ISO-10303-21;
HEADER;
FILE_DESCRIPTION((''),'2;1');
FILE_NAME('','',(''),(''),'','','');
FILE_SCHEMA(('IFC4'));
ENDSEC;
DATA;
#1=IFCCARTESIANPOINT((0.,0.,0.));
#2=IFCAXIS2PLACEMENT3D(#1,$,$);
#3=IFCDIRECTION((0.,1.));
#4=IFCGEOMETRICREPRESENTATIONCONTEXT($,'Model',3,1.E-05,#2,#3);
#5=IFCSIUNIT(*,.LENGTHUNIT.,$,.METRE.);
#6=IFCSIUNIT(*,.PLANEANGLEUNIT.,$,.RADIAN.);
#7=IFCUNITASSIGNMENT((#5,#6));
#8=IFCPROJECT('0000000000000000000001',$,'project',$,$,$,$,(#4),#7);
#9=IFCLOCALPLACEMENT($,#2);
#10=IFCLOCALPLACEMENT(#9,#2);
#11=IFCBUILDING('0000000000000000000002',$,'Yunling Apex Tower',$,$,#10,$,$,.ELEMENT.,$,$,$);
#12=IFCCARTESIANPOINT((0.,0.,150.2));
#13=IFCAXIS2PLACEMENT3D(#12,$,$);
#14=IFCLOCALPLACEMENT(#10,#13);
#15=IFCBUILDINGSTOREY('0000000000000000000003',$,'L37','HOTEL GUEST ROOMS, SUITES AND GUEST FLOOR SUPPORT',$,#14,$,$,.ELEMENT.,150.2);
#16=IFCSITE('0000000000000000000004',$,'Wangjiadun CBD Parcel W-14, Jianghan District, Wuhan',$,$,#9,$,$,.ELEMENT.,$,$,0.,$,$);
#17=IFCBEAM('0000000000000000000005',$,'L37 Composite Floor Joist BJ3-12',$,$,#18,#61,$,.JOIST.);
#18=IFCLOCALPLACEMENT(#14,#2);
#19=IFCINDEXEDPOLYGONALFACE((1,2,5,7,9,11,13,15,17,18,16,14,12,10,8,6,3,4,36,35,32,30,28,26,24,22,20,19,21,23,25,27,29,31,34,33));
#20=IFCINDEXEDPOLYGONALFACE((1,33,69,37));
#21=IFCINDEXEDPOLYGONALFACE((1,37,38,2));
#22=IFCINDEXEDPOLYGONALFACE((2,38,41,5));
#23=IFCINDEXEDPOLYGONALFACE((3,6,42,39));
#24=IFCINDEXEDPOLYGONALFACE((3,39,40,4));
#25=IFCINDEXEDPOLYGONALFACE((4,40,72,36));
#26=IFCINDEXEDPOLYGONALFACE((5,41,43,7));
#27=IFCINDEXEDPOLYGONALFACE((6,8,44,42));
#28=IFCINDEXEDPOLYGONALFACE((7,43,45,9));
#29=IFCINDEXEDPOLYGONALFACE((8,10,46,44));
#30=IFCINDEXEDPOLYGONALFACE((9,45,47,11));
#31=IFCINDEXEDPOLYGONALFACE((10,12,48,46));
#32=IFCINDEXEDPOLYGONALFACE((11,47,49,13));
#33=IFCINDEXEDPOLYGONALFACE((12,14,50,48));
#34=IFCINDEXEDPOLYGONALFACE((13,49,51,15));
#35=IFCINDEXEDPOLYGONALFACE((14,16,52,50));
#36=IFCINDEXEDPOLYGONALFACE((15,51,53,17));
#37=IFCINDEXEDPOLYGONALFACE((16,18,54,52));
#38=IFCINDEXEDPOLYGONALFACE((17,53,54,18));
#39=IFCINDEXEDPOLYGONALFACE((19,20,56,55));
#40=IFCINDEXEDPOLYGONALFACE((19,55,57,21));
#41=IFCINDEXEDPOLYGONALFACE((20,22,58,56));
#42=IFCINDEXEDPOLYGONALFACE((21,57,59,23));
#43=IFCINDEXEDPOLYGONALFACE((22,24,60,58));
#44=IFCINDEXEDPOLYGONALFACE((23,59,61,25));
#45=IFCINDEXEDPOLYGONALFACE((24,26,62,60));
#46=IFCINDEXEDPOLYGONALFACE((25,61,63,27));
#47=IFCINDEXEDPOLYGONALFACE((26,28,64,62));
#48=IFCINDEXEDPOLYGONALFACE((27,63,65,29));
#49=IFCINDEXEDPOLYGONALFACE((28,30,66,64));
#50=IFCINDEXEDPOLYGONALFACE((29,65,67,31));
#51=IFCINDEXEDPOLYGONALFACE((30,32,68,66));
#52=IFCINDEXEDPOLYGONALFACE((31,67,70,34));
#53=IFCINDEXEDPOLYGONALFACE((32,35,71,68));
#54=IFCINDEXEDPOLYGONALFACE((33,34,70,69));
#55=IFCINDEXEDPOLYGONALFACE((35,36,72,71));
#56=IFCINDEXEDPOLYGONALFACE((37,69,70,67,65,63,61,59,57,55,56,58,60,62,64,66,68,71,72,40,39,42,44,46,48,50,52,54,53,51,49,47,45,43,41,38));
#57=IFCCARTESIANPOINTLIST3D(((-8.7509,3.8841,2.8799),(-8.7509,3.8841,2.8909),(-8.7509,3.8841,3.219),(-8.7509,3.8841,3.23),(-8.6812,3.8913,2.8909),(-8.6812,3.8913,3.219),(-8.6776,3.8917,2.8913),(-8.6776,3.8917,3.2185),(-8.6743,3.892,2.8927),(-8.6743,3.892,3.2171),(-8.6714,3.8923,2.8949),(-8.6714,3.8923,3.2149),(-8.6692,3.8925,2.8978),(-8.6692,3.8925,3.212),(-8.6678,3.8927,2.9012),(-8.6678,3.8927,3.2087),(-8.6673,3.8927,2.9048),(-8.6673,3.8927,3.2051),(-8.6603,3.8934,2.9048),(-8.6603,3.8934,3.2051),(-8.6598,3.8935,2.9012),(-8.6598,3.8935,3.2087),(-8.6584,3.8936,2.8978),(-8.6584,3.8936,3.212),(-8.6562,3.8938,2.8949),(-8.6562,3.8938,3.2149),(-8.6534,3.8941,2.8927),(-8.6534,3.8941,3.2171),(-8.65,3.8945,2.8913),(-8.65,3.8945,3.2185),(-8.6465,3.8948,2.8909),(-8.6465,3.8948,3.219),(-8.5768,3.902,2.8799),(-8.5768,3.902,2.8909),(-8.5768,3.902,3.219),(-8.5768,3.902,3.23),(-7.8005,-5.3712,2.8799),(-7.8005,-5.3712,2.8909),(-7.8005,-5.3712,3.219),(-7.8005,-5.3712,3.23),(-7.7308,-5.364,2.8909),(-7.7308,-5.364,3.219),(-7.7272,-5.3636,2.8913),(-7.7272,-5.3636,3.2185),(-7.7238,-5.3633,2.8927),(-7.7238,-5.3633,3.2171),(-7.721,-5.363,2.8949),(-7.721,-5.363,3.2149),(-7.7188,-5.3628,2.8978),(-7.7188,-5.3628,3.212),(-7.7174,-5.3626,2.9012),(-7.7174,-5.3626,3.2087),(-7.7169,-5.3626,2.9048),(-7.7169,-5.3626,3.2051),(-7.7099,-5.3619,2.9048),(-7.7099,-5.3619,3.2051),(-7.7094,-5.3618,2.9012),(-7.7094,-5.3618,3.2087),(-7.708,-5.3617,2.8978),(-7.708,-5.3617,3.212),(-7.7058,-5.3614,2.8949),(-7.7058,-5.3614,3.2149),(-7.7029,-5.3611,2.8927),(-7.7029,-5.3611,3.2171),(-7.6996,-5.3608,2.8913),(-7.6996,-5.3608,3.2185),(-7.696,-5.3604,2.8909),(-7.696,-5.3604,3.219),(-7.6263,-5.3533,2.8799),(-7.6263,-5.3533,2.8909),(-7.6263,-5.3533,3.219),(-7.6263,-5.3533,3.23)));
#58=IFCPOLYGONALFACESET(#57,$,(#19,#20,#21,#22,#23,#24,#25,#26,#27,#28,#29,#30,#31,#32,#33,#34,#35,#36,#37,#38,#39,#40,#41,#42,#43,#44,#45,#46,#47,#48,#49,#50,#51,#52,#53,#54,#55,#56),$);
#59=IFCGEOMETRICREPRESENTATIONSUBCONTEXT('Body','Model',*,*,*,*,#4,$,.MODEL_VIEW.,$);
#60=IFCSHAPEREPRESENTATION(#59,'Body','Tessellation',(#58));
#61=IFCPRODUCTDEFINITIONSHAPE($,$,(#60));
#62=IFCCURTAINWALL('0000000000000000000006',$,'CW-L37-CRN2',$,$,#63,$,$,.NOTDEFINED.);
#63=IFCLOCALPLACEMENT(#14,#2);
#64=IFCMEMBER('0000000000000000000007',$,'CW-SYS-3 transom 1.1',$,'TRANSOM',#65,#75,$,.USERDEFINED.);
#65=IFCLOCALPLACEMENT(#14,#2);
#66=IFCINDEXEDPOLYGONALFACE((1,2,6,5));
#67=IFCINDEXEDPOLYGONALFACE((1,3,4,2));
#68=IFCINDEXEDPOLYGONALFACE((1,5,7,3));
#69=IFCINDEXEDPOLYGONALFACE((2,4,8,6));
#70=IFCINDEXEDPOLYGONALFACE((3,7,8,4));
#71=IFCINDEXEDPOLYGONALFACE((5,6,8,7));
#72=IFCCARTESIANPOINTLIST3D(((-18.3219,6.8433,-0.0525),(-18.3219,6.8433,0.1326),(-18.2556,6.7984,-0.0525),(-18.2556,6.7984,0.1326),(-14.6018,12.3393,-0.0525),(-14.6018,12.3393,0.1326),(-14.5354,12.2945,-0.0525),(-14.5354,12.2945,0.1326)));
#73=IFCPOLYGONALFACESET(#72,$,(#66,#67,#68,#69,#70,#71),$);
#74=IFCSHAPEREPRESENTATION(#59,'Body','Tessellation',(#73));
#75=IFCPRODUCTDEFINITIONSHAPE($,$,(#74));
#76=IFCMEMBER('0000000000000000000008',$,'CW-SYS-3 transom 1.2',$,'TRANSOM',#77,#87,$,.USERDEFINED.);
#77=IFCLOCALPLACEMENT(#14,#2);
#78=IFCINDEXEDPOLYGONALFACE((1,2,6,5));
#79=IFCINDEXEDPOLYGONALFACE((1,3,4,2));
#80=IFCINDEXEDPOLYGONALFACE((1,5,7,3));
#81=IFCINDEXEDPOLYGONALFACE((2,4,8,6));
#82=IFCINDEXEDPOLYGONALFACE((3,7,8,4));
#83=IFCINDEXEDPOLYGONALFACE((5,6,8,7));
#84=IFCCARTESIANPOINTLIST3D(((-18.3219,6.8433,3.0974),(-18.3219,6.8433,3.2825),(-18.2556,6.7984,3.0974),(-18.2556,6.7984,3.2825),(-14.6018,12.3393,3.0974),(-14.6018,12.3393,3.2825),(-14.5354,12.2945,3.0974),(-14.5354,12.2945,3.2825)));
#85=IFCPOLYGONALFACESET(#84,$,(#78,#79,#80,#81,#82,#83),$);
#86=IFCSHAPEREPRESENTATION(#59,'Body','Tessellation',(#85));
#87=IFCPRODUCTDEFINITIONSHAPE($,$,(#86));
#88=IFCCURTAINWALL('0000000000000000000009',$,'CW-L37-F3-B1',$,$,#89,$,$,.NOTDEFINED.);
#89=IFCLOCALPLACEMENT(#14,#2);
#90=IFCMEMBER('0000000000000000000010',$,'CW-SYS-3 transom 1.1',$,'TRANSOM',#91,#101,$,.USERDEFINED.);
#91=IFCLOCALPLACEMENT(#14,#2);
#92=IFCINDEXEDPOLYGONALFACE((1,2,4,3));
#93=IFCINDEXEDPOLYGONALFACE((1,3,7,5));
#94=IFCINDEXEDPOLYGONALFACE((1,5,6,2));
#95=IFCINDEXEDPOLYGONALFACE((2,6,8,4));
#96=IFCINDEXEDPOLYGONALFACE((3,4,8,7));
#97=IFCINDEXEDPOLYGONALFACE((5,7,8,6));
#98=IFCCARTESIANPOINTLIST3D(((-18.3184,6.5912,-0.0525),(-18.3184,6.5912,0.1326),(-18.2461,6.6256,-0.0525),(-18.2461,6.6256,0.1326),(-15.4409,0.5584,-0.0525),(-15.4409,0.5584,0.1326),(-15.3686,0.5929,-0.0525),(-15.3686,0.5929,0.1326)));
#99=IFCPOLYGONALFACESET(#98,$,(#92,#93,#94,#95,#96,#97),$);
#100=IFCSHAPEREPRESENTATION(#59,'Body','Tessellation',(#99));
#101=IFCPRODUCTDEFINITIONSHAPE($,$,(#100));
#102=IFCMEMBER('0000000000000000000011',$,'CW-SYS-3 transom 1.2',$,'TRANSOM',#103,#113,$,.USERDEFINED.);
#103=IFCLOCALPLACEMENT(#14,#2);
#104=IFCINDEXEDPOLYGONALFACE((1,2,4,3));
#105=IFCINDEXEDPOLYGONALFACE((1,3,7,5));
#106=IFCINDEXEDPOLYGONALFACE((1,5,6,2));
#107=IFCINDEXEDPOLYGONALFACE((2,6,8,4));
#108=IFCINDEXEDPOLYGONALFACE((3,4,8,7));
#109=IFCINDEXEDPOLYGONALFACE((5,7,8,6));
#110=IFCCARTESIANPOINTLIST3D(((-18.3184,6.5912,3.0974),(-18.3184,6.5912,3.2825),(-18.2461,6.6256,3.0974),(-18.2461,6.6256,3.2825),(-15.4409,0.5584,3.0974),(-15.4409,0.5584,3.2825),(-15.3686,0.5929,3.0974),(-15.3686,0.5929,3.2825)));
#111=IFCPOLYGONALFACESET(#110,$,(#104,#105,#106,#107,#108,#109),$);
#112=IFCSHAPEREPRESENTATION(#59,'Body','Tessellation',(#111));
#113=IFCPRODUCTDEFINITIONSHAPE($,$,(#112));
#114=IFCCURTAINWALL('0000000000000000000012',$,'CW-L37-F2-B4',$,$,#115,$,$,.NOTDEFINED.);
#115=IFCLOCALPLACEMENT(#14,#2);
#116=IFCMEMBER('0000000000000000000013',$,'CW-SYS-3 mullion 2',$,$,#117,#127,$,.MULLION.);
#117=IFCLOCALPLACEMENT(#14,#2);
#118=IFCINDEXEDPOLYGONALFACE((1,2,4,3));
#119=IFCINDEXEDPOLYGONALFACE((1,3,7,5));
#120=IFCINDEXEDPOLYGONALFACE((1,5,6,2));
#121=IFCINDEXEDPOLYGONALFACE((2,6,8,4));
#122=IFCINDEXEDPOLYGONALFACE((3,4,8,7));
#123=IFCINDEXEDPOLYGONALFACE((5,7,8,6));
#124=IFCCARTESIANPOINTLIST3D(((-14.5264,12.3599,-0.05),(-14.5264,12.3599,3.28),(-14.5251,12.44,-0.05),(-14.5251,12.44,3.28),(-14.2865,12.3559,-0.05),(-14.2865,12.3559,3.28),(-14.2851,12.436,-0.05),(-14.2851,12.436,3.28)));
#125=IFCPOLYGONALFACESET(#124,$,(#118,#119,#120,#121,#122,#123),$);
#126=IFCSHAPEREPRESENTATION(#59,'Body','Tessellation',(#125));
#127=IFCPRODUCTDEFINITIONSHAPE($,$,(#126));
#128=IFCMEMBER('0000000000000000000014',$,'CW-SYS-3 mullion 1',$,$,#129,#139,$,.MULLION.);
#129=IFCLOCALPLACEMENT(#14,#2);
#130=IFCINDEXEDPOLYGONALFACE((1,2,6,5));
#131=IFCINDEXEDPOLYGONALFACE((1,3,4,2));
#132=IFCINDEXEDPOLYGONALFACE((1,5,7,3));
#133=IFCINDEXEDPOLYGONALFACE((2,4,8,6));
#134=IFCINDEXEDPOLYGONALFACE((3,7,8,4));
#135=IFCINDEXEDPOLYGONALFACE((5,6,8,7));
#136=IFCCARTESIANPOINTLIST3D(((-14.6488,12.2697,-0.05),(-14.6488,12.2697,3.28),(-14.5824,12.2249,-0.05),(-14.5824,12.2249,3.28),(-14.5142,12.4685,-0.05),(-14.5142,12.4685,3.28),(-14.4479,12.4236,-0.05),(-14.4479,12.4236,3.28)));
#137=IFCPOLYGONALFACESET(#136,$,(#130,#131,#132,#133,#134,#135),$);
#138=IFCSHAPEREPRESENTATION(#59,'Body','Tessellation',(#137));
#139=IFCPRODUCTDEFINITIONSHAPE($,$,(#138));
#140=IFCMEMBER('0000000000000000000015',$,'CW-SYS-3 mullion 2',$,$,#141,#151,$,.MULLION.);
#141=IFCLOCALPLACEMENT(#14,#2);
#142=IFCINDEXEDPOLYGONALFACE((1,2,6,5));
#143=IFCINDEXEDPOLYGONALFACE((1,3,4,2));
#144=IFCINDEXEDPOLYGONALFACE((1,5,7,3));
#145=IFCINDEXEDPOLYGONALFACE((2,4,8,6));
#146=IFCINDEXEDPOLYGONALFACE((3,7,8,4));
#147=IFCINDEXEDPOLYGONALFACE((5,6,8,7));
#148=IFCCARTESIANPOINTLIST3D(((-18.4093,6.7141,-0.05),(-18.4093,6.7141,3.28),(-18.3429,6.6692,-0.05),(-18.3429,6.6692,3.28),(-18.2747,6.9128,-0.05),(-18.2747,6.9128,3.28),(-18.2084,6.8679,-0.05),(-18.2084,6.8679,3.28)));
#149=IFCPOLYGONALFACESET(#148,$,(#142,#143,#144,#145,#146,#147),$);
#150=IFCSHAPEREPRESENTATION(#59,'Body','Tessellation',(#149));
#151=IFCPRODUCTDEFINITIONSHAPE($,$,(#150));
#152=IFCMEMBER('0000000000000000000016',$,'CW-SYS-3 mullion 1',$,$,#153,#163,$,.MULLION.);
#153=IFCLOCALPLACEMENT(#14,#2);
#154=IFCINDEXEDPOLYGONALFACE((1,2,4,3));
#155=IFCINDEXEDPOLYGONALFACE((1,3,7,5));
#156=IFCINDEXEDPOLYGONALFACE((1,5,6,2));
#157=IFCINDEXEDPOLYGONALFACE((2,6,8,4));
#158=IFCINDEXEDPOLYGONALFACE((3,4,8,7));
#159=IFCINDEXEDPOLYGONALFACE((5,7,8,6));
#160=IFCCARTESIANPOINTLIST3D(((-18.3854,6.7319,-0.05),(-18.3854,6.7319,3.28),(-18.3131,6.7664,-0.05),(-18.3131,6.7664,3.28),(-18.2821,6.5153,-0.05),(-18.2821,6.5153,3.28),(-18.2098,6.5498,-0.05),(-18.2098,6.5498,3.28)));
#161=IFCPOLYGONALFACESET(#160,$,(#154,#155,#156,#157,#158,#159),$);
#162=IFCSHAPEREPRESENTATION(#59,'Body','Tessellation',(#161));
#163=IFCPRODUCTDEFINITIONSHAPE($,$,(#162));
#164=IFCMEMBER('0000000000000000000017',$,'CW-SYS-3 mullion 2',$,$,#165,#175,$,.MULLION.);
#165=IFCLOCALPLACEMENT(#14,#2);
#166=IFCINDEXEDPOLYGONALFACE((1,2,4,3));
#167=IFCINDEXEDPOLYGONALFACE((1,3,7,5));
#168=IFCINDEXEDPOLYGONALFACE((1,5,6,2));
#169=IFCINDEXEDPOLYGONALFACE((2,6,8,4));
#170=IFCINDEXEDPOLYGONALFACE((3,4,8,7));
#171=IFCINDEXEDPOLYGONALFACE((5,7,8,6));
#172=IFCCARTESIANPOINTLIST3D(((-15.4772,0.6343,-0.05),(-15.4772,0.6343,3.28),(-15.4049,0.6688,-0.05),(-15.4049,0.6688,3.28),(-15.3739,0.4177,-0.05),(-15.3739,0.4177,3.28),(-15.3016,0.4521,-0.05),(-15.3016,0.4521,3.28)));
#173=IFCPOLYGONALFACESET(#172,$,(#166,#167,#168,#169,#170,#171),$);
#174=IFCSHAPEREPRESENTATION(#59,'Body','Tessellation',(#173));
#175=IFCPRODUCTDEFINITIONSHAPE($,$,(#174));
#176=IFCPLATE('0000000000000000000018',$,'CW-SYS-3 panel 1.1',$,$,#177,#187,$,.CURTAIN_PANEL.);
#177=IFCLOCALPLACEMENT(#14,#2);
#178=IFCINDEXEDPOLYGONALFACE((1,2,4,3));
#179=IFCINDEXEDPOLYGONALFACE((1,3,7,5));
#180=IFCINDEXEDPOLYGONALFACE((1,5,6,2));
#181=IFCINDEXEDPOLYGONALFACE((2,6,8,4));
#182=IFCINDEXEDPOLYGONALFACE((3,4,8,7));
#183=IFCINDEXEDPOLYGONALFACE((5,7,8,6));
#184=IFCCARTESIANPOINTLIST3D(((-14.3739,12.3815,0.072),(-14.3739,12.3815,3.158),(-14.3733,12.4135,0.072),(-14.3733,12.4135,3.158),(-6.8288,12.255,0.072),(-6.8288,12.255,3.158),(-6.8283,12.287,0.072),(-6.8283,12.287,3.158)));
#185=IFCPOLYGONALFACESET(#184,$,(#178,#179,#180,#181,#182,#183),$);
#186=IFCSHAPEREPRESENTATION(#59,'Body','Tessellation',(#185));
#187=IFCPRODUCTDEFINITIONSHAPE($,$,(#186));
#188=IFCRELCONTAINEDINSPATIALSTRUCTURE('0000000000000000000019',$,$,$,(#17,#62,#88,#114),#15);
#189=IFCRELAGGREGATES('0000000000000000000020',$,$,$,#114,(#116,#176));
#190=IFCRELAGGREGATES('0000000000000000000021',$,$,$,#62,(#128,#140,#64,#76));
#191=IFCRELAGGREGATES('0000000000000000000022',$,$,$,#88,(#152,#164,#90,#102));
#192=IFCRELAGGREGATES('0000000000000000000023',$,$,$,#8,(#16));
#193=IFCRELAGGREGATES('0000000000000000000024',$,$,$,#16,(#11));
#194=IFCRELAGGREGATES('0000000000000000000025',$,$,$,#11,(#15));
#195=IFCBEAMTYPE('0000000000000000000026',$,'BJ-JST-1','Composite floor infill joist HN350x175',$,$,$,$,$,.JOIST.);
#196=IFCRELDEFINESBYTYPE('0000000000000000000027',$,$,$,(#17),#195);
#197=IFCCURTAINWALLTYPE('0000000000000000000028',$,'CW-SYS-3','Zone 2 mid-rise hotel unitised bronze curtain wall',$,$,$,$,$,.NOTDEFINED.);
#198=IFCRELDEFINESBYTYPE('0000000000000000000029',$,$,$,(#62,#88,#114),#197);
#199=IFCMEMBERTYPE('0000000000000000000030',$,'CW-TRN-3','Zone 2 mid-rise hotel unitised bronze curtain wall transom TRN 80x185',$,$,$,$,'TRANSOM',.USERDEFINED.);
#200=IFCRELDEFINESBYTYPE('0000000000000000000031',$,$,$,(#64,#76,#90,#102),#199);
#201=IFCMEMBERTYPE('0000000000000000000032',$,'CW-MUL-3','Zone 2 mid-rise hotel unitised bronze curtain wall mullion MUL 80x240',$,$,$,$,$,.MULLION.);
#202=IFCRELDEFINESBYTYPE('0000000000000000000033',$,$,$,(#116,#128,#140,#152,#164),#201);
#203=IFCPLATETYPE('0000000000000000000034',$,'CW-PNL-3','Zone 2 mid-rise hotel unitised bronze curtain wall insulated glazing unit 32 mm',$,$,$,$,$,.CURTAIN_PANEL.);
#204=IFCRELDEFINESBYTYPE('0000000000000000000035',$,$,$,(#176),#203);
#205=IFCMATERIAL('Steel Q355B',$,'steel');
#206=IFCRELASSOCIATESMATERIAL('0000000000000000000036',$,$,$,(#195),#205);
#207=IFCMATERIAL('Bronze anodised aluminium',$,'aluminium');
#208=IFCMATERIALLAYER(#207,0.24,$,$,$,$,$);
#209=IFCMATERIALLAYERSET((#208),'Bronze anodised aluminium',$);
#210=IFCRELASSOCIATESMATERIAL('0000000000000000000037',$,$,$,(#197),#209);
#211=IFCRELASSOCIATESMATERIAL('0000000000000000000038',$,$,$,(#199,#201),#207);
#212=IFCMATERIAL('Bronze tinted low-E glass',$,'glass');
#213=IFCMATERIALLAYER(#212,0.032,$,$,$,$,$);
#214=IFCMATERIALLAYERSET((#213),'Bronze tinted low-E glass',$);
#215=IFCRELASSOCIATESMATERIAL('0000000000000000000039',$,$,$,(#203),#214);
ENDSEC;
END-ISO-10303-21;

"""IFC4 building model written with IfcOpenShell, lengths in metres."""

from ifc_helpers import new_model, si_unit, direction, frame, origin, origin_2d, place, context, subcontext, project, spatial, rectangle, i_section, extrude, source, transform, mapped, material, layer, layer_set, material_profile, profile_set, type_object, element, aggregate, save


model = new_model("IFC4")

# Units and contexts
model_context = context("Model", 3, precision=1e-05, world=origin(), true_north=direction((0.0, 1.0)))
body_context = subcontext(model_context, "Body", "Model", "MODEL_VIEW")
ifc_project = project(units=[si_unit("LENGTHUNIT", "METRE"), si_unit("PLANEANGLEUNIT", "RADIAN")], contexts=[model_context])

# Site, building, storey
site_placement = place(None, origin())
site = spatial("IfcSite", under=ifc_project, at=site_placement, Name="Wangjiadun CBD Parcel W-14, Jianghan District, Wuhan", CompositionType="ELEMENT", RefElevation=0.0)
building_placement = place(site_placement, origin())
building = spatial("IfcBuilding", under=site, at=building_placement, Name="Yunling Apex Tower", CompositionType="ELEMENT")
storey_placement = place(building_placement, frame((0.0, 0.0, 150.2)))
storey = spatial("IfcBuildingStorey", under=building, at=storey_placement, Name="L37", Description="HOTEL GUEST ROOMS, SUITES AND GUEST FLOOR SUPPORT", CompositionType="ELEMENT", Elevation=150.2)

# Beam
ifc_material_1 = material(Name="Steel Q355B", Category="steel")
ifc_material_profile_1 = material_profile(ifc_material_1, i_section(OverallWidth=0.175, OverallDepth=0.3501, WebThickness=0.0071, FlangeThickness=0.011, FilletRadius=0.0139, at=origin_2d()))
ifc_profile_set_1 = profile_set([ifc_material_profile_1], Name="Steel Q355B")
beam_type_1 = type_object("IfcBeamType", Name="BJ-JST-1", Description="Composite floor infill joist HN350x175", PredefinedType="JOIST", material=ifc_profile_set_1)
shared_shape_1 = source(origin(), body_context, "Body", "SweptSolid", [
    extrude(i_section(OverallWidth=0.175, OverallDepth=0.3501, WebThickness=0.0071, FlangeThickness=0.011, FilletRadius=0.0139, at=origin_2d()), origin(), (0.0, 0.0, 1.0), 9.304),
])
beam_1_placement = place(storey_placement, frame((-8.6638, 3.8931, 3.0549), z_axis=(0.102153, -0.994769, 0.0), x_axis=(0.994769, 0.102153, 0.0)))
element("IfcBeam", 1, at=beam_1_placement, inside=storey, type_object=beam_type_1, Name="L37 Composite Floor Joist BJ3-12", PredefinedType="JOIST", context=body_context, shape_type="MappedRepresentation", body=[
    mapped(shared_shape_1, transform((0.0, 0.0, 0.0), scale=1.0)),
])

# Curtain walls, members
ifc_material_2 = material(Name="Bronze anodised aluminium", Category="aluminium")
ifc_layer_1 = layer(ifc_material_2, 0.24)
ifc_layer_set_1 = layer_set([ifc_layer_1], Name="Bronze anodised aluminium")
curtain_wall_type = type_object("IfcCurtainWallType", Name="CW-SYS-3", Description="Zone 2 mid-rise hotel unitised bronze curtain wall", PredefinedType="NOTDEFINED", material=ifc_layer_set_1)
curtain_wall_1_placement = place(storey_placement, origin())
curtain_wall_1 = element("IfcCurtainWall", 2, at=curtain_wall_1_placement, inside=storey, type_object=curtain_wall_type, Name="CW-L37-CRN2", PredefinedType="NOTDEFINED")
ifc_material_profile_2 = material_profile(ifc_material_2, rectangle(XDim=0.0801, YDim=0.1851, at=origin_2d()))
ifc_profile_set_2 = profile_set([ifc_material_profile_2], Name="Bronze anodised aluminium")
member_type_1 = type_object("IfcMemberType", Name="CW-TRN-3", Description="Zone 2 mid-rise hotel unitised bronze curtain wall transom TRN 80x185", ElementType="TRANSOM", PredefinedType="USERDEFINED", material=ifc_profile_set_2)
shared_shape_2 = source(origin(), body_context, "Body", "SweptSolid", [
    extrude(rectangle(XDim=0.0801, YDim=0.1851, at=origin_2d()), origin(), (0.0, 0.0, 1.0), 6.6367),
])
member_1_placement = place(storey_placement, frame((-14.5686, 12.3169, 0.04), z_axis=(-0.560544, -0.828125, 0.0), x_axis=(0.828125, -0.560544, 0.0)))
member_1 = element("IfcMember", 3, at=member_1_placement, type_object=member_type_1, Name="CW-SYS-3 transom 1.1", ObjectType="TRANSOM", PredefinedType="USERDEFINED", context=body_context, shape_type="MappedRepresentation", body=[
    mapped(shared_shape_2, transform((0.0, 0.0, 0.0), scale=1.0)),
])
member_2_placement = place(storey_placement, frame((-14.5686, 12.3169, 3.1899), z_axis=(-0.560544, -0.828125, 0.0), x_axis=(0.828125, -0.560544, 0.0)))
member_2 = element("IfcMember", 4, at=member_2_placement, type_object=member_type_1, Name="CW-SYS-3 transom 1.2", ObjectType="TRANSOM", PredefinedType="USERDEFINED", context=body_context, shape_type="MappedRepresentation", body=[
    mapped(shared_shape_2, transform((0.0, 0.0, 0.0), scale=1.0)),
])
curtain_wall_2_placement = place(storey_placement, origin())
curtain_wall_2 = element("IfcCurtainWall", 5, at=curtain_wall_2_placement, inside=storey, type_object=curtain_wall_type, Name="CW-L37-F3-B1", PredefinedType="NOTDEFINED")
shared_shape_3 = source(origin(), body_context, "Body", "SweptSolid", [
    extrude(rectangle(XDim=0.0801, YDim=0.1851, at=origin_2d()), origin(), (0.0, 0.0, 1.0), 6.6838),
])
member_3_placement = place(storey_placement, frame((-18.2822, 6.6084, 0.04), z_axis=(0.430509, -0.902586, 0.0), x_axis=(0.902586, 0.430509, 0.0)))
member_3 = element("IfcMember", 6, at=member_3_placement, type_object=member_type_1, Name="CW-SYS-3 transom 1.1", ObjectType="TRANSOM", PredefinedType="USERDEFINED", context=body_context, shape_type="MappedRepresentation", body=[
    mapped(shared_shape_3, transform((0.0, 0.0, 0.0), scale=1.0)),
])
member_4_placement = place(storey_placement, frame((-18.2822, 6.6084, 3.1899), z_axis=(0.430509, -0.902586, 0.0), x_axis=(0.902586, 0.430509, 0.0)))
member_4 = element("IfcMember", 7, at=member_4_placement, type_object=member_type_1, Name="CW-SYS-3 transom 1.2", ObjectType="TRANSOM", PredefinedType="USERDEFINED", context=body_context, shape_type="MappedRepresentation", body=[
    mapped(shared_shape_3, transform((0.0, 0.0, 0.0), scale=1.0)),
])

# Curtain wall, member
curtain_wall_3_placement = place(storey_placement, origin())
curtain_wall_3 = element("IfcCurtainWall", 8, at=curtain_wall_3_placement, inside=storey, type_object=curtain_wall_type, Name="CW-L37-F2-B4", PredefinedType="NOTDEFINED")
ifc_material_profile_3 = material_profile(ifc_material_2, rectangle(XDim=0.0801, YDim=0.24, at=origin_2d()))
ifc_profile_set_3 = profile_set([ifc_material_profile_3], Name="Bronze anodised aluminium")
member_type_2 = type_object("IfcMemberType", Name="CW-MUL-3", Description="Zone 2 mid-rise hotel unitised bronze curtain wall mullion MUL 80x240", PredefinedType="MULLION", material=ifc_profile_set_3)
shared_shape_4 = source(origin(), body_context, "Body", "SweptSolid", [
    extrude(rectangle(XDim=0.0801, YDim=0.24, at=origin_2d()), origin(), (0.0, 0.0, 1.0), 3.3301),
])
member_5_placement = place(storey_placement, frame((-14.4058, 12.3979, -0.05), z_axis=(0.0, 0.0, 1.0), x_axis=(-0.016762, -0.99986, 0.0)))
member_5 = element("IfcMember", 9, at=member_5_placement, type_object=member_type_2, Name="CW-SYS-3 mullion 2", PredefinedType="MULLION", context=body_context, shape_type="MappedRepresentation", body=[
    mapped(shared_shape_4, transform((0.0, 0.0, 0.0), scale=1.0)),
])

# Members
member_6_placement = place(storey_placement, frame((-14.5483, 12.3467, -0.05), z_axis=(0.0, 0.0, 1.0), x_axis=(0.828139, -0.560523, 0.0)))
member_6 = element("IfcMember", 10, at=member_6_placement, type_object=member_type_2, Name="CW-SYS-3 mullion 1", PredefinedType="MULLION", context=body_context, shape_type="MappedRepresentation", body=[
    mapped(shared_shape_4, transform((0.0, 0.0, 0.0), scale=1.0)),
])
member_7_placement = place(storey_placement, frame((-18.3088, 6.791, -0.05), z_axis=(0.0, 0.0, 1.0), x_axis=(0.828139, -0.560523, 0.0)))
member_7 = element("IfcMember", 11, at=member_7_placement, type_object=member_type_2, Name="CW-SYS-3 mullion 2", PredefinedType="MULLION", context=body_context, shape_type="MappedRepresentation", body=[
    mapped(shared_shape_4, transform((0.0, 0.0, 0.0), scale=1.0)),
])
member_8_placement = place(storey_placement, frame((-18.2976, 6.6409, -0.05), z_axis=(0.0, 0.0, 1.0), x_axis=(0.902588, 0.430506, 0.0)))
member_8 = element("IfcMember", 12, at=member_8_placement, type_object=member_type_2, Name="CW-SYS-3 mullion 1", PredefinedType="MULLION", context=body_context, shape_type="MappedRepresentation", body=[
    mapped(shared_shape_4, transform((0.0, 0.0, 0.0), scale=1.0)),
])
member_9_placement = place(storey_placement, frame((-15.3894, 0.5432, -0.05), z_axis=(0.0, 0.0, 1.0), x_axis=(0.902588, 0.430506, 0.0)))
member_9 = element("IfcMember", 13, at=member_9_placement, type_object=member_type_2, Name="CW-SYS-3 mullion 2", PredefinedType="MULLION", context=body_context, shape_type="MappedRepresentation", body=[
    mapped(shared_shape_4, transform((0.0, 0.0, 0.0), scale=1.0)),
])

# Plate
ifc_material_3 = material(Name="Bronze tinted low-E glass", Category="glass")
ifc_layer_2 = layer(ifc_material_3, 0.032)
ifc_layer_set_2 = layer_set([ifc_layer_2], Name="Bronze tinted low-E glass")
plate_type = type_object("IfcPlateType", Name="CW-PNL-3", Description="Zone 2 mid-rise hotel unitised bronze curtain wall insulated glazing unit 32 mm", PredefinedType="CURTAIN_PANEL", material=ifc_layer_set_2)
shared_shape_5 = source(origin(), body_context, "Body", "SweptSolid", [
    extrude(rectangle(XDim=7.5461, YDim=0.032, at=origin_2d()), origin(), (0.0, 0.0, 1.0), 3.0859),
])
plate_1_placement = place(storey_placement, frame((-10.6011, 12.3342, 0.072), z_axis=(0.0, 0.0, 1.0), x_axis=(-0.99986, 0.016762, 0.0)))
plate_1 = element("IfcPlate", 14, at=plate_1_placement, type_object=plate_type, Name="CW-SYS-3 panel 1.1", PredefinedType="CURTAIN_PANEL", context=body_context, shape_type="MappedRepresentation", body=[
    mapped(shared_shape_5, transform((0.0, 0.0, 0.0), scale=1.0)),
])
aggregate(curtain_wall_3, [member_5, plate_1])
aggregate(curtain_wall_1, [member_6, member_7, member_1, member_2])
aggregate(curtain_wall_2, [member_8, member_9, member_3, member_4])

save(model, "model.ifc")
